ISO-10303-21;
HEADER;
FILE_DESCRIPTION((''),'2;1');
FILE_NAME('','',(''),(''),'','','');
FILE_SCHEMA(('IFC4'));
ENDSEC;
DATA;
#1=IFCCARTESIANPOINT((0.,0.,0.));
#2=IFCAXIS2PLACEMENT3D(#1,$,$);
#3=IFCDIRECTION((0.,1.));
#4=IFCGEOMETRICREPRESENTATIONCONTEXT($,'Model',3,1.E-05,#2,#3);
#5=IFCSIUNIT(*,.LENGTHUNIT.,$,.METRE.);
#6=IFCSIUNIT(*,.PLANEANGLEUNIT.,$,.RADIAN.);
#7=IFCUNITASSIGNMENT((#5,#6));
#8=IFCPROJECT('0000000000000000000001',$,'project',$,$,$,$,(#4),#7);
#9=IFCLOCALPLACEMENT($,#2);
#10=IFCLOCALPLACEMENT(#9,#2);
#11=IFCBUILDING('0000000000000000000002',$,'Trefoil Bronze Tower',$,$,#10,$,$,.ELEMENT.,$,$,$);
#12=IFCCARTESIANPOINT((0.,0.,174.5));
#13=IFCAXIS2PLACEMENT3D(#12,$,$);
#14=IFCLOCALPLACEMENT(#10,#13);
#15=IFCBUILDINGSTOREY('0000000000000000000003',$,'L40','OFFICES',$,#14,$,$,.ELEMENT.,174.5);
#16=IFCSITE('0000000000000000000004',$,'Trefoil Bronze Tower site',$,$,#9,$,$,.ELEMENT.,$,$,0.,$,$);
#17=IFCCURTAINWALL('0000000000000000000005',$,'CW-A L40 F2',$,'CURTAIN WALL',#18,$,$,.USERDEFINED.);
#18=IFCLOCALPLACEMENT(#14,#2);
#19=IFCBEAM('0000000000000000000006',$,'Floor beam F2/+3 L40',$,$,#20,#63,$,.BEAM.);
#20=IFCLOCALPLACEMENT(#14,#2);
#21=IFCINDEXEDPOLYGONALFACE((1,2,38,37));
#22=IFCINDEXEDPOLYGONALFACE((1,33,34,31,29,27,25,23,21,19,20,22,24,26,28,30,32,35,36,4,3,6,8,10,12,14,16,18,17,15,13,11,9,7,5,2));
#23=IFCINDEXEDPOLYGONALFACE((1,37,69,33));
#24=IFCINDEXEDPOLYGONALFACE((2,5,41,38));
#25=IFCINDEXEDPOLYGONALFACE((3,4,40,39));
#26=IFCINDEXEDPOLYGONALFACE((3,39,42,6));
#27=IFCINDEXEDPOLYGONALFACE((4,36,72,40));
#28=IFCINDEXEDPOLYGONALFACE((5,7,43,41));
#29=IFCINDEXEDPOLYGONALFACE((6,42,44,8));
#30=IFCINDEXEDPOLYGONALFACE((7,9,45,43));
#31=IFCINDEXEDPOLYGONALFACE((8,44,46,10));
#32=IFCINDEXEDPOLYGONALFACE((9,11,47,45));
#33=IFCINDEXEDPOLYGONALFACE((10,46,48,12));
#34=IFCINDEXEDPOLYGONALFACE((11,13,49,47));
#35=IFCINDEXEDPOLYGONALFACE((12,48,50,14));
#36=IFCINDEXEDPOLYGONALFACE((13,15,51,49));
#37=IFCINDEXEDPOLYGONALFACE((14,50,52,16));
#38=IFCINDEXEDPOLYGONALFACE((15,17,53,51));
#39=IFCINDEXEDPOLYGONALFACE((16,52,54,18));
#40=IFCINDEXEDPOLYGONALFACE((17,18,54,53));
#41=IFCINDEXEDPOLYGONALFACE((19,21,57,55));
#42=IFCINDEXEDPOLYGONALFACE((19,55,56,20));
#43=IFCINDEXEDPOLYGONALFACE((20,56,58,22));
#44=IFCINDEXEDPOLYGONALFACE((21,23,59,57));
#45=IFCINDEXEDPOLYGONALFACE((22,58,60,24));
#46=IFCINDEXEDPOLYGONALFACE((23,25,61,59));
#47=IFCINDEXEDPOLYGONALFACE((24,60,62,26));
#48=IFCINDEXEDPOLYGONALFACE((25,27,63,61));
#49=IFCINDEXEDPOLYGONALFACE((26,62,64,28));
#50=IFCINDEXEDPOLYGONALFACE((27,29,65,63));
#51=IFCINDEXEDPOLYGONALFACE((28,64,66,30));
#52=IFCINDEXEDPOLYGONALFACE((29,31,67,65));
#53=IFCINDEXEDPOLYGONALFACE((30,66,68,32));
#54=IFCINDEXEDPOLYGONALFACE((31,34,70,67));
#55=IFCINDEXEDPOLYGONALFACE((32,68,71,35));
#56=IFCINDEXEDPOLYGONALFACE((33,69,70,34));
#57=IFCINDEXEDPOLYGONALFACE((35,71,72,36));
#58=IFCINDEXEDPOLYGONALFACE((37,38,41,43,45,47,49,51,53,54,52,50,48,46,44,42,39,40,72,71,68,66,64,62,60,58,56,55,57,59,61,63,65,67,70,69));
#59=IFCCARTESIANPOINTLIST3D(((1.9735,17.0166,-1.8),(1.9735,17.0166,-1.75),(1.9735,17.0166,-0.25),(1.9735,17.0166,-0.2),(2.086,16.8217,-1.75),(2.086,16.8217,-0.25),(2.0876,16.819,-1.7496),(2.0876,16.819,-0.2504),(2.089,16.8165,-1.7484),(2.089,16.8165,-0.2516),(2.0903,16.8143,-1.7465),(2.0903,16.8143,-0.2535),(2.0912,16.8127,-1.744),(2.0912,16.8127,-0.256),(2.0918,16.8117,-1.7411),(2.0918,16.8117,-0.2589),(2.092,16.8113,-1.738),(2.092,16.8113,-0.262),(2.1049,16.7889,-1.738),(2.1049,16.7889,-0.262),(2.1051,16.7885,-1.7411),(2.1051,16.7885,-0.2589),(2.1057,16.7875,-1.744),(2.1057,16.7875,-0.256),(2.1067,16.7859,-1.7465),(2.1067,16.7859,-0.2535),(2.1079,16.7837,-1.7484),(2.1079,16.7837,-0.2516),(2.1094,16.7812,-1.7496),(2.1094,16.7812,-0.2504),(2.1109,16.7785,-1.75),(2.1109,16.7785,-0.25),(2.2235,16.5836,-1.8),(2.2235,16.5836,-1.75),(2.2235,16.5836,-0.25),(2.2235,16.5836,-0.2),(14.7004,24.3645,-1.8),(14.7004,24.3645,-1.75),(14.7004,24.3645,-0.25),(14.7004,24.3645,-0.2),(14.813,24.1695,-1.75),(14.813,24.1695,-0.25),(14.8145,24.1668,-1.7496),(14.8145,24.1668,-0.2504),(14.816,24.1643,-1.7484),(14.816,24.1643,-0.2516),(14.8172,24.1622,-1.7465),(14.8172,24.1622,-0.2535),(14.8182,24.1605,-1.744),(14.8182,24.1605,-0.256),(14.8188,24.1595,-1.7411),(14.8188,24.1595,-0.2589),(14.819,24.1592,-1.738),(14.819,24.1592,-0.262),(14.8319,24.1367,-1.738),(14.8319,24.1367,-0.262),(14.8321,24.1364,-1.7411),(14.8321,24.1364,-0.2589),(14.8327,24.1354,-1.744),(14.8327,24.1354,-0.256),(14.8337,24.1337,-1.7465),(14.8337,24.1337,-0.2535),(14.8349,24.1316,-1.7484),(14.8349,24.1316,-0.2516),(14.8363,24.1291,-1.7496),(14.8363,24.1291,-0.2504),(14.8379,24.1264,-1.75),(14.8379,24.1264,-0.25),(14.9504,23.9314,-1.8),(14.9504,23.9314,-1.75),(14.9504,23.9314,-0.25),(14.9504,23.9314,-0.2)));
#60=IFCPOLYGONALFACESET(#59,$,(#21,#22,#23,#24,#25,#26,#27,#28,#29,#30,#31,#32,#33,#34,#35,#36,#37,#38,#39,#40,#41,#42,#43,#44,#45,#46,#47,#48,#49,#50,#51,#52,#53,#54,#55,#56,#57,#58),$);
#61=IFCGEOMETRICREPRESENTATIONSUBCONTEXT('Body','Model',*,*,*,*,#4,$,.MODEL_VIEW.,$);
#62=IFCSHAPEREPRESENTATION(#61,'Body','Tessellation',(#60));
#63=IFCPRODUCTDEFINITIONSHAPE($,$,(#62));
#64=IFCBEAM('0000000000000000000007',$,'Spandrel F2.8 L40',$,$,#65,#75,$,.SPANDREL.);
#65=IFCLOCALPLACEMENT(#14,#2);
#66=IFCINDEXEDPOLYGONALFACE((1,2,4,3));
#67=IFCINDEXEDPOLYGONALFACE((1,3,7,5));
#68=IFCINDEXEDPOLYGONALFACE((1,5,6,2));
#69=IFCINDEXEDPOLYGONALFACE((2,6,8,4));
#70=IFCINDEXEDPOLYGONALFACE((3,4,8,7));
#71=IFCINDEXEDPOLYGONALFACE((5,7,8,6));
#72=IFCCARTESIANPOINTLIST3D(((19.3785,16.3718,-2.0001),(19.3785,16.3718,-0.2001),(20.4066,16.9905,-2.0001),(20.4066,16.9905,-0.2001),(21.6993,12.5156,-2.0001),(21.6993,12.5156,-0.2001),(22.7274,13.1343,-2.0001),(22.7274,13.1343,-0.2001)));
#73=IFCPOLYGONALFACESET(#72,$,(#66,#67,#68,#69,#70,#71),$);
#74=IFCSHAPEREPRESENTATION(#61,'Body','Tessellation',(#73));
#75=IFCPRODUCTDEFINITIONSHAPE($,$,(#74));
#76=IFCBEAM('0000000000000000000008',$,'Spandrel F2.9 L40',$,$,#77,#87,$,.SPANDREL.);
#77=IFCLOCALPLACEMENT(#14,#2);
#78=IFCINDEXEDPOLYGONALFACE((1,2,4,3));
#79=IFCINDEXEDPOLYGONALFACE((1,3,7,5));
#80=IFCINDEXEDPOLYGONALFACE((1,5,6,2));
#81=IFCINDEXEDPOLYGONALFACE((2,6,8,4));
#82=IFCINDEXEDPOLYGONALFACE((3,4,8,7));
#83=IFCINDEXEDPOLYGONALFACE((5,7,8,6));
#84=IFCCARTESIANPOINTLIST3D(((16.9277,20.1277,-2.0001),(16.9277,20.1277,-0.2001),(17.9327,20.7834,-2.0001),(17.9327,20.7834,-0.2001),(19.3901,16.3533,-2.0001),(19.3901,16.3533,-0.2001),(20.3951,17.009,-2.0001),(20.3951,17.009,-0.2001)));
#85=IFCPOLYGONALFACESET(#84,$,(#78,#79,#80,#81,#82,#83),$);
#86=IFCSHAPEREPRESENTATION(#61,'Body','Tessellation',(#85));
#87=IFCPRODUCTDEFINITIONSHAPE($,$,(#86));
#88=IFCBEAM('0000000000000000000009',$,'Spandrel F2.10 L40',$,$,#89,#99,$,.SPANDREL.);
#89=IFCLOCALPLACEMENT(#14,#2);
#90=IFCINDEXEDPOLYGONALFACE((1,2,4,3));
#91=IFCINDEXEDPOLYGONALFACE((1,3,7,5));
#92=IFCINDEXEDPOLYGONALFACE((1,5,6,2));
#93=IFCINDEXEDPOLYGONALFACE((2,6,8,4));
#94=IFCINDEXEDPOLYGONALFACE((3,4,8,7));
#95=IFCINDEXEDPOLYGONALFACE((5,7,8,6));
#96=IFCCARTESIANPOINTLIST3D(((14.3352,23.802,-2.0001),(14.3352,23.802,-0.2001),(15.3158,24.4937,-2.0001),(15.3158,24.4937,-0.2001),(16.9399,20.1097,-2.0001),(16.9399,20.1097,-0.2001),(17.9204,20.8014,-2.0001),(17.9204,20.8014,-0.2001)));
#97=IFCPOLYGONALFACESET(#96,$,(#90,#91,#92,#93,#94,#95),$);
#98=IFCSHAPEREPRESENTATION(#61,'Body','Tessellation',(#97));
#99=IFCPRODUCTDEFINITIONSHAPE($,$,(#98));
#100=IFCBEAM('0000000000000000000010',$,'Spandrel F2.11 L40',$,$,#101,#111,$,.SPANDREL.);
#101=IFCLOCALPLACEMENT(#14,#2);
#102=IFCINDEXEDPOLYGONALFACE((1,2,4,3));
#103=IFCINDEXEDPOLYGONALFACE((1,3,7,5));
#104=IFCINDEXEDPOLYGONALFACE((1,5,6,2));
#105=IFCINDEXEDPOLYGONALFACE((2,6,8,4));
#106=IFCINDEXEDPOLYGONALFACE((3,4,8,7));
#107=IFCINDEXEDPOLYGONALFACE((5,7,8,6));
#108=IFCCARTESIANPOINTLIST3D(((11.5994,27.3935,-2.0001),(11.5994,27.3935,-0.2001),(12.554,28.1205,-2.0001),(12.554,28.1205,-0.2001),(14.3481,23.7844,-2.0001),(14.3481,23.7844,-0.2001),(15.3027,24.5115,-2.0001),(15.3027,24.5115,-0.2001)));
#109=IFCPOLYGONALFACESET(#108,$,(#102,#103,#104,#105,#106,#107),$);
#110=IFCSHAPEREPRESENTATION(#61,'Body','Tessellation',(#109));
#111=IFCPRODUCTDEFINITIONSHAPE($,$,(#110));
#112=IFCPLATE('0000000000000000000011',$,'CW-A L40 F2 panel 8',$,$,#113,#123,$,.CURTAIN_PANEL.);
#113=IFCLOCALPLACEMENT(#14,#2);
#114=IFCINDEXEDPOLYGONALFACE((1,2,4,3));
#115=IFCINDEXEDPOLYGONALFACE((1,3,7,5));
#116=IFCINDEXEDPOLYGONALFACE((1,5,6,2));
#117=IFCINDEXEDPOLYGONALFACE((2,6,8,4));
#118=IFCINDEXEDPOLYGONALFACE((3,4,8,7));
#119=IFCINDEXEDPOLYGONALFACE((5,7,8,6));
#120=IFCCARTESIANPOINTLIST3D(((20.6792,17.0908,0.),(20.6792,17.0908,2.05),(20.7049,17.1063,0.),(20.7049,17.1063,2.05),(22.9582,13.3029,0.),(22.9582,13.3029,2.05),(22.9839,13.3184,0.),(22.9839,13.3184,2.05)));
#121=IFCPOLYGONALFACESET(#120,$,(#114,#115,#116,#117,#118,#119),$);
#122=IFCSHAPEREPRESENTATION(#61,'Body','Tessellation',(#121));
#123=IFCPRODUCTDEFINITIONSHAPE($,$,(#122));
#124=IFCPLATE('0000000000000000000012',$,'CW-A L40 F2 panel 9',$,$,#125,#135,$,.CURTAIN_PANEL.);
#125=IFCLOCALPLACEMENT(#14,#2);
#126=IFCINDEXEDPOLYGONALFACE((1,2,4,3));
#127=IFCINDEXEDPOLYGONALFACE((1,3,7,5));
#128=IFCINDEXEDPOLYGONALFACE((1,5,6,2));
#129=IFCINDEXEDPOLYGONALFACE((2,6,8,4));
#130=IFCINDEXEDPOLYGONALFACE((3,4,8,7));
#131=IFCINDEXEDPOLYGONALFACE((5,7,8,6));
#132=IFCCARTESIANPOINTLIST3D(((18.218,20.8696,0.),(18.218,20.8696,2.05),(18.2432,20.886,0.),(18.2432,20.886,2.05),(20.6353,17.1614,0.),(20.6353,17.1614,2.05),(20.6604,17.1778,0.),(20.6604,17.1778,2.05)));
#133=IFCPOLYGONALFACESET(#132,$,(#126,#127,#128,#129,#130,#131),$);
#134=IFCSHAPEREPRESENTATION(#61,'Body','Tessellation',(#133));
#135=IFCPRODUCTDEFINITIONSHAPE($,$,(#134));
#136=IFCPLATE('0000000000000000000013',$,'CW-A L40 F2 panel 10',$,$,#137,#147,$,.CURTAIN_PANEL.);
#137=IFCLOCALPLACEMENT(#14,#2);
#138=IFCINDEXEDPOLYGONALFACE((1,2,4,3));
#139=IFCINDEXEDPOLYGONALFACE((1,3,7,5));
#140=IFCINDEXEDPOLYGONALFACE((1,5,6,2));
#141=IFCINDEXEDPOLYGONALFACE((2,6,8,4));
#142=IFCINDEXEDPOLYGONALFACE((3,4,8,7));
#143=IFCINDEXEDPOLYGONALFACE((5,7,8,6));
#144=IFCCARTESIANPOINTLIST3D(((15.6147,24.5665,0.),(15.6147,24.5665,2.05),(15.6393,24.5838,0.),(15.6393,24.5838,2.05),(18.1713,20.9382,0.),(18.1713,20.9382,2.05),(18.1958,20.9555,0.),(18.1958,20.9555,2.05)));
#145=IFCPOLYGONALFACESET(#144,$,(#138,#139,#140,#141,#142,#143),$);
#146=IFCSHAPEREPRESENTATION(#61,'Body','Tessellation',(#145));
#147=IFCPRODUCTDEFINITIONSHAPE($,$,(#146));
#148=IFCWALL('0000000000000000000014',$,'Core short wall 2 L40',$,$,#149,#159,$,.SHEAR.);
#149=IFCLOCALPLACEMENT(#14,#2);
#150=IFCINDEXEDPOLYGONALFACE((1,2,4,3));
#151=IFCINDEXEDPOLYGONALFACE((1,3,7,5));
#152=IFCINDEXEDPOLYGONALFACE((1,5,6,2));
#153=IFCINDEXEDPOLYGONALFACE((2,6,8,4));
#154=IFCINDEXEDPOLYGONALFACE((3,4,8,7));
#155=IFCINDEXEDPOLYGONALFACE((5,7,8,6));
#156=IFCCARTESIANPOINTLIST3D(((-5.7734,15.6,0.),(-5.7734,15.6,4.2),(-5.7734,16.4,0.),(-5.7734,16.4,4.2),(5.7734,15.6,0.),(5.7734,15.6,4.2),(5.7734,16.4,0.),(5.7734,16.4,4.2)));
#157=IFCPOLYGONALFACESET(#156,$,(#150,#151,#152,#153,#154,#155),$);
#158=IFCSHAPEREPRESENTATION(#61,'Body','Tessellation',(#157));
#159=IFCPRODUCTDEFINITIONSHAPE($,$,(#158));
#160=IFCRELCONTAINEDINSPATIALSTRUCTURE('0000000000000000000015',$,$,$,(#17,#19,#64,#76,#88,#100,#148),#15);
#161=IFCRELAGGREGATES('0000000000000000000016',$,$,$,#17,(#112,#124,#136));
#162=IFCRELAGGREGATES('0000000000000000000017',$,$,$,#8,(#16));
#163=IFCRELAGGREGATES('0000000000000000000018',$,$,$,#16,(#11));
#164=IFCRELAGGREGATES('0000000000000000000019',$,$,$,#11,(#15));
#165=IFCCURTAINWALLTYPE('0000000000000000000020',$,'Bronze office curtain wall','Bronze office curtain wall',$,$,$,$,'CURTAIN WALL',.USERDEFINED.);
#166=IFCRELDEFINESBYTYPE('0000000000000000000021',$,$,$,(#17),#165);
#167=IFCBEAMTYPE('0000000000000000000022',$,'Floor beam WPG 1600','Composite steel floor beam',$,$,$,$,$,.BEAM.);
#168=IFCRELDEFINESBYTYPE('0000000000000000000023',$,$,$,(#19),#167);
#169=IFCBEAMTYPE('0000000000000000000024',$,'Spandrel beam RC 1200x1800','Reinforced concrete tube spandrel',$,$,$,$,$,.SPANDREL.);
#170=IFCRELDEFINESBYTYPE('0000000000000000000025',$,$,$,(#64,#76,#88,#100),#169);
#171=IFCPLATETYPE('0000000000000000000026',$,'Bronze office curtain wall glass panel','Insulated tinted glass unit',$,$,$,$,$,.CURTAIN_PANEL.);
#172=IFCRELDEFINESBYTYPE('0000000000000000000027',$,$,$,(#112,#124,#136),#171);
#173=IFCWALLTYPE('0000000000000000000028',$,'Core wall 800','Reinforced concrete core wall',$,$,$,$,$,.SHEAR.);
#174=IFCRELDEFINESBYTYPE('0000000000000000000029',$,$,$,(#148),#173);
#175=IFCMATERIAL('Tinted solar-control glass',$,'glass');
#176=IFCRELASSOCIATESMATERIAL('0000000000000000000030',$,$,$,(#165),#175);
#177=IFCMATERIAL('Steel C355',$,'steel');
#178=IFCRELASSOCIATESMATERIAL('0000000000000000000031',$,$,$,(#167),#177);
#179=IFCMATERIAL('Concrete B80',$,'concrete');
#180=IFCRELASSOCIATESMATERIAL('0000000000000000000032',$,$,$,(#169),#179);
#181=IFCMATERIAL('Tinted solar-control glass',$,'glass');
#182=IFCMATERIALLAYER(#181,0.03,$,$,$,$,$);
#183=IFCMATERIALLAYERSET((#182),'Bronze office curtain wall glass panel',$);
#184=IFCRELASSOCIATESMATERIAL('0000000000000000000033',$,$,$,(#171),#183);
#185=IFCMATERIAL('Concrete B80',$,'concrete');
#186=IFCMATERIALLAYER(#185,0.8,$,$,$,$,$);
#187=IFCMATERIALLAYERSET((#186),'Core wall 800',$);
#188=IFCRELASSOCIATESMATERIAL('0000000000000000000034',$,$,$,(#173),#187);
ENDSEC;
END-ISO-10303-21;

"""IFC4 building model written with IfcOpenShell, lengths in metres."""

from ifc_helpers import new_model, si_unit, direction, frame, frame_2d, origin, origin_2d, place, context, subcontext, project, spatial, rectangle, i_section, extrude, material, layer, layer_set, material_profile, profile_set, type_object, element, aggregate, save


model = new_model("IFC4")

# Units and contexts
model_context = context("Model", 3, precision=1e-05, world=origin(), true_north=direction((0.0, 1.0)))
body_context = subcontext(model_context, "Body", "Model", "MODEL_VIEW")
ifc_project = project(units=[si_unit("LENGTHUNIT", "METRE"), si_unit("PLANEANGLEUNIT", "RADIAN")], contexts=[model_context])

# Site, building, storey
site_placement = place(None, origin())
site = spatial("IfcSite", under=ifc_project, at=site_placement, Name="Trefoil Bronze Tower site", CompositionType="ELEMENT", RefElevation=0.0)
building_placement = place(site_placement, origin())
building = spatial("IfcBuilding", under=site, at=building_placement, Name="Trefoil Bronze Tower", CompositionType="ELEMENT")
storey_placement = place(building_placement, frame((0.0, 0.0, 174.5)))
storey = spatial("IfcBuildingStorey", under=building, at=storey_placement, Name="L40", Description="OFFICES", CompositionType="ELEMENT", Elevation=174.5)

# Curtain wall
ifc_material_1 = material(Name="Tinted solar-control glass", Category="glass")
curtain_wall_type = type_object("IfcCurtainWallType", Name="Bronze office curtain wall", Description="Bronze office curtain wall", ElementType="CURTAIN WALL", PredefinedType="USERDEFINED", material=ifc_material_1)
curtain_wall_placement = place(storey_placement, origin())
curtain_wall = element("IfcCurtainWall", 1, at=curtain_wall_placement, inside=storey, type_object=curtain_wall_type, Name="CW-A L40 F2", ObjectType="CURTAIN WALL", PredefinedType="USERDEFINED")

# Beams
ifc_material_2 = material(Name="Steel C355", Category="steel")
ifc_material_profile_1 = material_profile(ifc_material_2, i_section(OverallWidth=0.5, OverallDepth=1.6001, WebThickness=0.0259, FlangeThickness=0.05, FilletRadius=0.012, at=origin_2d()), Name="WPG 1600")
ifc_profile_set_1 = profile_set([ifc_material_profile_1], Name="Steel C355")
beam_type_1 = type_object("IfcBeamType", Name="Floor beam WPG 1600", Description="Composite steel floor beam", PredefinedType="BEAM", material=ifc_profile_set_1)
beam_1_placement = place(storey_placement, frame((14.8254, 24.1479, -1.0), z_axis=(-0.866027, -0.499997, 0.0), x_axis=(0.499997, -0.866027, 0.0)))
element("IfcBeam", 2, at=beam_1_placement, inside=storey, type_object=beam_type_1, Name="Floor beam F2/+3 L40", PredefinedType="BEAM", context=body_context, shape_type="SweptSolid", body=[
    extrude(i_section(OverallWidth=0.5, OverallDepth=1.6001, WebThickness=0.0259, FlangeThickness=0.05, FilletRadius=0.012, at=origin_2d()), origin(), (0.0, 0.0, 1.0), 14.6958),
])
ifc_material_3 = material(Name="Concrete B80", Category="concrete")
ifc_material_profile_2 = material_profile(ifc_material_3, rectangle(XDim=1.2, YDim=1.8, at=origin_2d()), Name="RC 1200x1800")
ifc_profile_set_2 = profile_set([ifc_material_profile_2], Name="Concrete B80")
beam_type_2 = type_object("IfcBeamType", Name="Spandrel beam RC 1200x1800", Description="Reinforced concrete tube spandrel", PredefinedType="SPANDREL", material=ifc_profile_set_2)
beam_2_placement = place(storey_placement, frame((22.2134, 12.825, -1.1001), z_axis=(-0.515652, 0.856798, 0.0), x_axis=(-0.856798, -0.515652, 0.0)))
element("IfcBeam", 3, at=beam_2_placement, inside=storey, type_object=beam_type_2, Name="Spandrel F2.8 L40", PredefinedType="SPANDREL", context=body_context, shape_type="SweptSolid", body=[
    extrude(rectangle(XDim=1.2, YDim=1.8, at=origin_2d()), origin(), (0.0, 0.0, 1.0), 4.5007),
])
beam_3_placement = place(storey_placement, frame((19.8926, 16.6812, -1.1001), z_axis=(-0.546397, 0.837527, 0.0), x_axis=(-0.837527, -0.546397, 0.0)))
element("IfcBeam", 4, at=beam_3_placement, inside=storey, type_object=beam_type_2, Name="Spandrel F2.9 L40", PredefinedType="SPANDREL", context=body_context, shape_type="SweptSolid", body=[
    extrude(rectangle(XDim=1.2, YDim=1.8, at=origin_2d()), origin(), (0.0, 0.0, 1.0), 4.5066),
])
beam_4_placement = place(storey_placement, frame((17.4302, 20.4556, -1.1001), z_axis=(-0.576439, 0.81714, 0.0), x_axis=(-0.81714, -0.576439, 0.0)))
element("IfcBeam", 5, at=beam_4_placement, inside=storey, type_object=beam_type_2, Name="Spandrel F2.10 L40", PredefinedType="SPANDREL", context=body_context, shape_type="SweptSolid", body=[
    extrude(rectangle(XDim=1.2, YDim=1.8, at=origin_2d()), origin(), (0.0, 0.0, 1.0), 4.5186),
])
beam_5_placement = place(storey_placement, frame((14.8254, 24.1479, -1.1001), z_axis=(-0.605899, 0.795542, 0.0), x_axis=(-0.795542, -0.605899, 0.0)))
element("IfcBeam", 6, at=beam_5_placement, inside=storey, type_object=beam_type_2, Name="Spandrel F2.11 L40", PredefinedType="SPANDREL", context=body_context, shape_type="SweptSolid", body=[
    extrude(rectangle(XDim=1.2, YDim=1.8, at=origin_2d()), origin(), (0.0, 0.0, 1.0), 4.5366),
])

# Plates
ifc_material_4 = material(Name="Tinted solar-control glass", Category="glass")
ifc_layer_1 = layer(ifc_material_4, 0.03)
ifc_layer_set_1 = layer_set([ifc_layer_1], Name="Bronze office curtain wall glass panel")
plate_type = type_object("IfcPlateType", Name="Bronze office curtain wall glass panel", Description="Insulated tinted glass unit", PredefinedType="CURTAIN_PANEL", material=ifc_layer_set_1)
plate_1_placement = place(storey_placement, frame((21.8315, 15.2046, 0.0), z_axis=(0.0, 0.0, 1.0), x_axis=(-0.515525, 0.856874, 0.0)))
plate_1 = element("IfcPlate", 7, at=plate_1_placement, type_object=plate_type, Name="CW-A L40 F2 panel 8", PredefinedType="CURTAIN_PANEL", context=body_context, shape_type="SweptSolid", body=[
    extrude(rectangle(XDim=4.4207, YDim=0.03, at=origin_2d()), origin(), (0.0, 0.0, 1.0), 2.05),
])
plate_2_placement = place(storey_placement, frame((19.4392, 19.0237, 0.0), z_axis=(0.0, 0.0, 1.0), x_axis=(-0.546089, 0.837727, 0.0)))
plate_2 = element("IfcPlate", 8, at=plate_2_placement, type_object=plate_type, Name="CW-A L40 F2 panel 9", PredefinedType="CURTAIN_PANEL", context=body_context, shape_type="SweptSolid", body=[
    extrude(rectangle(XDim=4.4265, YDim=0.03, at=origin_2d()), origin(), (0.0, 0.0, 1.0), 2.05),
])
plate_3_placement = place(storey_placement, frame((16.9053, 22.761, 0.0), z_axis=(0.0, 0.0, 1.0), x_axis=(-0.575999, 0.81745, 0.0)))
plate_3 = element("IfcPlate", 9, at=plate_3_placement, type_object=plate_type, Name="CW-A L40 F2 panel 10", PredefinedType="CURTAIN_PANEL", context=body_context, shape_type="SweptSolid", body=[
    extrude(rectangle(XDim=4.4385, YDim=0.03, at=origin_2d()), origin(), (0.0, 0.0, 1.0), 2.05),
])
aggregate(curtain_wall, [plate_1, plate_2, plate_3])

# Wall
ifc_material_5 = material(Name="Concrete B80", Category="concrete")
ifc_layer_2 = layer(ifc_material_5, 0.8)
ifc_layer_set_2 = layer_set([ifc_layer_2], Name="Core wall 800")
wall_type_1 = type_object("IfcWallType", Name="Core wall 800", Description="Reinforced concrete core wall", PredefinedType="SHEAR", material=ifc_layer_set_2)
wall_1_placement = place(storey_placement, frame((5.7734, 16.0, 0.0), z_axis=(0.0, 0.0, 1.0), x_axis=(-1.0, 0.0, 0.0)))
element("IfcWall", 10, at=wall_1_placement, inside=storey, type_object=wall_type_1, Name="Core short wall 2 L40", PredefinedType="SHEAR", context=body_context, shape_type="SweptSolid", body=[
    extrude(rectangle(XDim=11.5469, YDim=0.8, at=frame_2d((5.7734, 0.0))), origin(), (0.0, 0.0, 1.0), 4.2),
])

save(model, "model.ifc")
